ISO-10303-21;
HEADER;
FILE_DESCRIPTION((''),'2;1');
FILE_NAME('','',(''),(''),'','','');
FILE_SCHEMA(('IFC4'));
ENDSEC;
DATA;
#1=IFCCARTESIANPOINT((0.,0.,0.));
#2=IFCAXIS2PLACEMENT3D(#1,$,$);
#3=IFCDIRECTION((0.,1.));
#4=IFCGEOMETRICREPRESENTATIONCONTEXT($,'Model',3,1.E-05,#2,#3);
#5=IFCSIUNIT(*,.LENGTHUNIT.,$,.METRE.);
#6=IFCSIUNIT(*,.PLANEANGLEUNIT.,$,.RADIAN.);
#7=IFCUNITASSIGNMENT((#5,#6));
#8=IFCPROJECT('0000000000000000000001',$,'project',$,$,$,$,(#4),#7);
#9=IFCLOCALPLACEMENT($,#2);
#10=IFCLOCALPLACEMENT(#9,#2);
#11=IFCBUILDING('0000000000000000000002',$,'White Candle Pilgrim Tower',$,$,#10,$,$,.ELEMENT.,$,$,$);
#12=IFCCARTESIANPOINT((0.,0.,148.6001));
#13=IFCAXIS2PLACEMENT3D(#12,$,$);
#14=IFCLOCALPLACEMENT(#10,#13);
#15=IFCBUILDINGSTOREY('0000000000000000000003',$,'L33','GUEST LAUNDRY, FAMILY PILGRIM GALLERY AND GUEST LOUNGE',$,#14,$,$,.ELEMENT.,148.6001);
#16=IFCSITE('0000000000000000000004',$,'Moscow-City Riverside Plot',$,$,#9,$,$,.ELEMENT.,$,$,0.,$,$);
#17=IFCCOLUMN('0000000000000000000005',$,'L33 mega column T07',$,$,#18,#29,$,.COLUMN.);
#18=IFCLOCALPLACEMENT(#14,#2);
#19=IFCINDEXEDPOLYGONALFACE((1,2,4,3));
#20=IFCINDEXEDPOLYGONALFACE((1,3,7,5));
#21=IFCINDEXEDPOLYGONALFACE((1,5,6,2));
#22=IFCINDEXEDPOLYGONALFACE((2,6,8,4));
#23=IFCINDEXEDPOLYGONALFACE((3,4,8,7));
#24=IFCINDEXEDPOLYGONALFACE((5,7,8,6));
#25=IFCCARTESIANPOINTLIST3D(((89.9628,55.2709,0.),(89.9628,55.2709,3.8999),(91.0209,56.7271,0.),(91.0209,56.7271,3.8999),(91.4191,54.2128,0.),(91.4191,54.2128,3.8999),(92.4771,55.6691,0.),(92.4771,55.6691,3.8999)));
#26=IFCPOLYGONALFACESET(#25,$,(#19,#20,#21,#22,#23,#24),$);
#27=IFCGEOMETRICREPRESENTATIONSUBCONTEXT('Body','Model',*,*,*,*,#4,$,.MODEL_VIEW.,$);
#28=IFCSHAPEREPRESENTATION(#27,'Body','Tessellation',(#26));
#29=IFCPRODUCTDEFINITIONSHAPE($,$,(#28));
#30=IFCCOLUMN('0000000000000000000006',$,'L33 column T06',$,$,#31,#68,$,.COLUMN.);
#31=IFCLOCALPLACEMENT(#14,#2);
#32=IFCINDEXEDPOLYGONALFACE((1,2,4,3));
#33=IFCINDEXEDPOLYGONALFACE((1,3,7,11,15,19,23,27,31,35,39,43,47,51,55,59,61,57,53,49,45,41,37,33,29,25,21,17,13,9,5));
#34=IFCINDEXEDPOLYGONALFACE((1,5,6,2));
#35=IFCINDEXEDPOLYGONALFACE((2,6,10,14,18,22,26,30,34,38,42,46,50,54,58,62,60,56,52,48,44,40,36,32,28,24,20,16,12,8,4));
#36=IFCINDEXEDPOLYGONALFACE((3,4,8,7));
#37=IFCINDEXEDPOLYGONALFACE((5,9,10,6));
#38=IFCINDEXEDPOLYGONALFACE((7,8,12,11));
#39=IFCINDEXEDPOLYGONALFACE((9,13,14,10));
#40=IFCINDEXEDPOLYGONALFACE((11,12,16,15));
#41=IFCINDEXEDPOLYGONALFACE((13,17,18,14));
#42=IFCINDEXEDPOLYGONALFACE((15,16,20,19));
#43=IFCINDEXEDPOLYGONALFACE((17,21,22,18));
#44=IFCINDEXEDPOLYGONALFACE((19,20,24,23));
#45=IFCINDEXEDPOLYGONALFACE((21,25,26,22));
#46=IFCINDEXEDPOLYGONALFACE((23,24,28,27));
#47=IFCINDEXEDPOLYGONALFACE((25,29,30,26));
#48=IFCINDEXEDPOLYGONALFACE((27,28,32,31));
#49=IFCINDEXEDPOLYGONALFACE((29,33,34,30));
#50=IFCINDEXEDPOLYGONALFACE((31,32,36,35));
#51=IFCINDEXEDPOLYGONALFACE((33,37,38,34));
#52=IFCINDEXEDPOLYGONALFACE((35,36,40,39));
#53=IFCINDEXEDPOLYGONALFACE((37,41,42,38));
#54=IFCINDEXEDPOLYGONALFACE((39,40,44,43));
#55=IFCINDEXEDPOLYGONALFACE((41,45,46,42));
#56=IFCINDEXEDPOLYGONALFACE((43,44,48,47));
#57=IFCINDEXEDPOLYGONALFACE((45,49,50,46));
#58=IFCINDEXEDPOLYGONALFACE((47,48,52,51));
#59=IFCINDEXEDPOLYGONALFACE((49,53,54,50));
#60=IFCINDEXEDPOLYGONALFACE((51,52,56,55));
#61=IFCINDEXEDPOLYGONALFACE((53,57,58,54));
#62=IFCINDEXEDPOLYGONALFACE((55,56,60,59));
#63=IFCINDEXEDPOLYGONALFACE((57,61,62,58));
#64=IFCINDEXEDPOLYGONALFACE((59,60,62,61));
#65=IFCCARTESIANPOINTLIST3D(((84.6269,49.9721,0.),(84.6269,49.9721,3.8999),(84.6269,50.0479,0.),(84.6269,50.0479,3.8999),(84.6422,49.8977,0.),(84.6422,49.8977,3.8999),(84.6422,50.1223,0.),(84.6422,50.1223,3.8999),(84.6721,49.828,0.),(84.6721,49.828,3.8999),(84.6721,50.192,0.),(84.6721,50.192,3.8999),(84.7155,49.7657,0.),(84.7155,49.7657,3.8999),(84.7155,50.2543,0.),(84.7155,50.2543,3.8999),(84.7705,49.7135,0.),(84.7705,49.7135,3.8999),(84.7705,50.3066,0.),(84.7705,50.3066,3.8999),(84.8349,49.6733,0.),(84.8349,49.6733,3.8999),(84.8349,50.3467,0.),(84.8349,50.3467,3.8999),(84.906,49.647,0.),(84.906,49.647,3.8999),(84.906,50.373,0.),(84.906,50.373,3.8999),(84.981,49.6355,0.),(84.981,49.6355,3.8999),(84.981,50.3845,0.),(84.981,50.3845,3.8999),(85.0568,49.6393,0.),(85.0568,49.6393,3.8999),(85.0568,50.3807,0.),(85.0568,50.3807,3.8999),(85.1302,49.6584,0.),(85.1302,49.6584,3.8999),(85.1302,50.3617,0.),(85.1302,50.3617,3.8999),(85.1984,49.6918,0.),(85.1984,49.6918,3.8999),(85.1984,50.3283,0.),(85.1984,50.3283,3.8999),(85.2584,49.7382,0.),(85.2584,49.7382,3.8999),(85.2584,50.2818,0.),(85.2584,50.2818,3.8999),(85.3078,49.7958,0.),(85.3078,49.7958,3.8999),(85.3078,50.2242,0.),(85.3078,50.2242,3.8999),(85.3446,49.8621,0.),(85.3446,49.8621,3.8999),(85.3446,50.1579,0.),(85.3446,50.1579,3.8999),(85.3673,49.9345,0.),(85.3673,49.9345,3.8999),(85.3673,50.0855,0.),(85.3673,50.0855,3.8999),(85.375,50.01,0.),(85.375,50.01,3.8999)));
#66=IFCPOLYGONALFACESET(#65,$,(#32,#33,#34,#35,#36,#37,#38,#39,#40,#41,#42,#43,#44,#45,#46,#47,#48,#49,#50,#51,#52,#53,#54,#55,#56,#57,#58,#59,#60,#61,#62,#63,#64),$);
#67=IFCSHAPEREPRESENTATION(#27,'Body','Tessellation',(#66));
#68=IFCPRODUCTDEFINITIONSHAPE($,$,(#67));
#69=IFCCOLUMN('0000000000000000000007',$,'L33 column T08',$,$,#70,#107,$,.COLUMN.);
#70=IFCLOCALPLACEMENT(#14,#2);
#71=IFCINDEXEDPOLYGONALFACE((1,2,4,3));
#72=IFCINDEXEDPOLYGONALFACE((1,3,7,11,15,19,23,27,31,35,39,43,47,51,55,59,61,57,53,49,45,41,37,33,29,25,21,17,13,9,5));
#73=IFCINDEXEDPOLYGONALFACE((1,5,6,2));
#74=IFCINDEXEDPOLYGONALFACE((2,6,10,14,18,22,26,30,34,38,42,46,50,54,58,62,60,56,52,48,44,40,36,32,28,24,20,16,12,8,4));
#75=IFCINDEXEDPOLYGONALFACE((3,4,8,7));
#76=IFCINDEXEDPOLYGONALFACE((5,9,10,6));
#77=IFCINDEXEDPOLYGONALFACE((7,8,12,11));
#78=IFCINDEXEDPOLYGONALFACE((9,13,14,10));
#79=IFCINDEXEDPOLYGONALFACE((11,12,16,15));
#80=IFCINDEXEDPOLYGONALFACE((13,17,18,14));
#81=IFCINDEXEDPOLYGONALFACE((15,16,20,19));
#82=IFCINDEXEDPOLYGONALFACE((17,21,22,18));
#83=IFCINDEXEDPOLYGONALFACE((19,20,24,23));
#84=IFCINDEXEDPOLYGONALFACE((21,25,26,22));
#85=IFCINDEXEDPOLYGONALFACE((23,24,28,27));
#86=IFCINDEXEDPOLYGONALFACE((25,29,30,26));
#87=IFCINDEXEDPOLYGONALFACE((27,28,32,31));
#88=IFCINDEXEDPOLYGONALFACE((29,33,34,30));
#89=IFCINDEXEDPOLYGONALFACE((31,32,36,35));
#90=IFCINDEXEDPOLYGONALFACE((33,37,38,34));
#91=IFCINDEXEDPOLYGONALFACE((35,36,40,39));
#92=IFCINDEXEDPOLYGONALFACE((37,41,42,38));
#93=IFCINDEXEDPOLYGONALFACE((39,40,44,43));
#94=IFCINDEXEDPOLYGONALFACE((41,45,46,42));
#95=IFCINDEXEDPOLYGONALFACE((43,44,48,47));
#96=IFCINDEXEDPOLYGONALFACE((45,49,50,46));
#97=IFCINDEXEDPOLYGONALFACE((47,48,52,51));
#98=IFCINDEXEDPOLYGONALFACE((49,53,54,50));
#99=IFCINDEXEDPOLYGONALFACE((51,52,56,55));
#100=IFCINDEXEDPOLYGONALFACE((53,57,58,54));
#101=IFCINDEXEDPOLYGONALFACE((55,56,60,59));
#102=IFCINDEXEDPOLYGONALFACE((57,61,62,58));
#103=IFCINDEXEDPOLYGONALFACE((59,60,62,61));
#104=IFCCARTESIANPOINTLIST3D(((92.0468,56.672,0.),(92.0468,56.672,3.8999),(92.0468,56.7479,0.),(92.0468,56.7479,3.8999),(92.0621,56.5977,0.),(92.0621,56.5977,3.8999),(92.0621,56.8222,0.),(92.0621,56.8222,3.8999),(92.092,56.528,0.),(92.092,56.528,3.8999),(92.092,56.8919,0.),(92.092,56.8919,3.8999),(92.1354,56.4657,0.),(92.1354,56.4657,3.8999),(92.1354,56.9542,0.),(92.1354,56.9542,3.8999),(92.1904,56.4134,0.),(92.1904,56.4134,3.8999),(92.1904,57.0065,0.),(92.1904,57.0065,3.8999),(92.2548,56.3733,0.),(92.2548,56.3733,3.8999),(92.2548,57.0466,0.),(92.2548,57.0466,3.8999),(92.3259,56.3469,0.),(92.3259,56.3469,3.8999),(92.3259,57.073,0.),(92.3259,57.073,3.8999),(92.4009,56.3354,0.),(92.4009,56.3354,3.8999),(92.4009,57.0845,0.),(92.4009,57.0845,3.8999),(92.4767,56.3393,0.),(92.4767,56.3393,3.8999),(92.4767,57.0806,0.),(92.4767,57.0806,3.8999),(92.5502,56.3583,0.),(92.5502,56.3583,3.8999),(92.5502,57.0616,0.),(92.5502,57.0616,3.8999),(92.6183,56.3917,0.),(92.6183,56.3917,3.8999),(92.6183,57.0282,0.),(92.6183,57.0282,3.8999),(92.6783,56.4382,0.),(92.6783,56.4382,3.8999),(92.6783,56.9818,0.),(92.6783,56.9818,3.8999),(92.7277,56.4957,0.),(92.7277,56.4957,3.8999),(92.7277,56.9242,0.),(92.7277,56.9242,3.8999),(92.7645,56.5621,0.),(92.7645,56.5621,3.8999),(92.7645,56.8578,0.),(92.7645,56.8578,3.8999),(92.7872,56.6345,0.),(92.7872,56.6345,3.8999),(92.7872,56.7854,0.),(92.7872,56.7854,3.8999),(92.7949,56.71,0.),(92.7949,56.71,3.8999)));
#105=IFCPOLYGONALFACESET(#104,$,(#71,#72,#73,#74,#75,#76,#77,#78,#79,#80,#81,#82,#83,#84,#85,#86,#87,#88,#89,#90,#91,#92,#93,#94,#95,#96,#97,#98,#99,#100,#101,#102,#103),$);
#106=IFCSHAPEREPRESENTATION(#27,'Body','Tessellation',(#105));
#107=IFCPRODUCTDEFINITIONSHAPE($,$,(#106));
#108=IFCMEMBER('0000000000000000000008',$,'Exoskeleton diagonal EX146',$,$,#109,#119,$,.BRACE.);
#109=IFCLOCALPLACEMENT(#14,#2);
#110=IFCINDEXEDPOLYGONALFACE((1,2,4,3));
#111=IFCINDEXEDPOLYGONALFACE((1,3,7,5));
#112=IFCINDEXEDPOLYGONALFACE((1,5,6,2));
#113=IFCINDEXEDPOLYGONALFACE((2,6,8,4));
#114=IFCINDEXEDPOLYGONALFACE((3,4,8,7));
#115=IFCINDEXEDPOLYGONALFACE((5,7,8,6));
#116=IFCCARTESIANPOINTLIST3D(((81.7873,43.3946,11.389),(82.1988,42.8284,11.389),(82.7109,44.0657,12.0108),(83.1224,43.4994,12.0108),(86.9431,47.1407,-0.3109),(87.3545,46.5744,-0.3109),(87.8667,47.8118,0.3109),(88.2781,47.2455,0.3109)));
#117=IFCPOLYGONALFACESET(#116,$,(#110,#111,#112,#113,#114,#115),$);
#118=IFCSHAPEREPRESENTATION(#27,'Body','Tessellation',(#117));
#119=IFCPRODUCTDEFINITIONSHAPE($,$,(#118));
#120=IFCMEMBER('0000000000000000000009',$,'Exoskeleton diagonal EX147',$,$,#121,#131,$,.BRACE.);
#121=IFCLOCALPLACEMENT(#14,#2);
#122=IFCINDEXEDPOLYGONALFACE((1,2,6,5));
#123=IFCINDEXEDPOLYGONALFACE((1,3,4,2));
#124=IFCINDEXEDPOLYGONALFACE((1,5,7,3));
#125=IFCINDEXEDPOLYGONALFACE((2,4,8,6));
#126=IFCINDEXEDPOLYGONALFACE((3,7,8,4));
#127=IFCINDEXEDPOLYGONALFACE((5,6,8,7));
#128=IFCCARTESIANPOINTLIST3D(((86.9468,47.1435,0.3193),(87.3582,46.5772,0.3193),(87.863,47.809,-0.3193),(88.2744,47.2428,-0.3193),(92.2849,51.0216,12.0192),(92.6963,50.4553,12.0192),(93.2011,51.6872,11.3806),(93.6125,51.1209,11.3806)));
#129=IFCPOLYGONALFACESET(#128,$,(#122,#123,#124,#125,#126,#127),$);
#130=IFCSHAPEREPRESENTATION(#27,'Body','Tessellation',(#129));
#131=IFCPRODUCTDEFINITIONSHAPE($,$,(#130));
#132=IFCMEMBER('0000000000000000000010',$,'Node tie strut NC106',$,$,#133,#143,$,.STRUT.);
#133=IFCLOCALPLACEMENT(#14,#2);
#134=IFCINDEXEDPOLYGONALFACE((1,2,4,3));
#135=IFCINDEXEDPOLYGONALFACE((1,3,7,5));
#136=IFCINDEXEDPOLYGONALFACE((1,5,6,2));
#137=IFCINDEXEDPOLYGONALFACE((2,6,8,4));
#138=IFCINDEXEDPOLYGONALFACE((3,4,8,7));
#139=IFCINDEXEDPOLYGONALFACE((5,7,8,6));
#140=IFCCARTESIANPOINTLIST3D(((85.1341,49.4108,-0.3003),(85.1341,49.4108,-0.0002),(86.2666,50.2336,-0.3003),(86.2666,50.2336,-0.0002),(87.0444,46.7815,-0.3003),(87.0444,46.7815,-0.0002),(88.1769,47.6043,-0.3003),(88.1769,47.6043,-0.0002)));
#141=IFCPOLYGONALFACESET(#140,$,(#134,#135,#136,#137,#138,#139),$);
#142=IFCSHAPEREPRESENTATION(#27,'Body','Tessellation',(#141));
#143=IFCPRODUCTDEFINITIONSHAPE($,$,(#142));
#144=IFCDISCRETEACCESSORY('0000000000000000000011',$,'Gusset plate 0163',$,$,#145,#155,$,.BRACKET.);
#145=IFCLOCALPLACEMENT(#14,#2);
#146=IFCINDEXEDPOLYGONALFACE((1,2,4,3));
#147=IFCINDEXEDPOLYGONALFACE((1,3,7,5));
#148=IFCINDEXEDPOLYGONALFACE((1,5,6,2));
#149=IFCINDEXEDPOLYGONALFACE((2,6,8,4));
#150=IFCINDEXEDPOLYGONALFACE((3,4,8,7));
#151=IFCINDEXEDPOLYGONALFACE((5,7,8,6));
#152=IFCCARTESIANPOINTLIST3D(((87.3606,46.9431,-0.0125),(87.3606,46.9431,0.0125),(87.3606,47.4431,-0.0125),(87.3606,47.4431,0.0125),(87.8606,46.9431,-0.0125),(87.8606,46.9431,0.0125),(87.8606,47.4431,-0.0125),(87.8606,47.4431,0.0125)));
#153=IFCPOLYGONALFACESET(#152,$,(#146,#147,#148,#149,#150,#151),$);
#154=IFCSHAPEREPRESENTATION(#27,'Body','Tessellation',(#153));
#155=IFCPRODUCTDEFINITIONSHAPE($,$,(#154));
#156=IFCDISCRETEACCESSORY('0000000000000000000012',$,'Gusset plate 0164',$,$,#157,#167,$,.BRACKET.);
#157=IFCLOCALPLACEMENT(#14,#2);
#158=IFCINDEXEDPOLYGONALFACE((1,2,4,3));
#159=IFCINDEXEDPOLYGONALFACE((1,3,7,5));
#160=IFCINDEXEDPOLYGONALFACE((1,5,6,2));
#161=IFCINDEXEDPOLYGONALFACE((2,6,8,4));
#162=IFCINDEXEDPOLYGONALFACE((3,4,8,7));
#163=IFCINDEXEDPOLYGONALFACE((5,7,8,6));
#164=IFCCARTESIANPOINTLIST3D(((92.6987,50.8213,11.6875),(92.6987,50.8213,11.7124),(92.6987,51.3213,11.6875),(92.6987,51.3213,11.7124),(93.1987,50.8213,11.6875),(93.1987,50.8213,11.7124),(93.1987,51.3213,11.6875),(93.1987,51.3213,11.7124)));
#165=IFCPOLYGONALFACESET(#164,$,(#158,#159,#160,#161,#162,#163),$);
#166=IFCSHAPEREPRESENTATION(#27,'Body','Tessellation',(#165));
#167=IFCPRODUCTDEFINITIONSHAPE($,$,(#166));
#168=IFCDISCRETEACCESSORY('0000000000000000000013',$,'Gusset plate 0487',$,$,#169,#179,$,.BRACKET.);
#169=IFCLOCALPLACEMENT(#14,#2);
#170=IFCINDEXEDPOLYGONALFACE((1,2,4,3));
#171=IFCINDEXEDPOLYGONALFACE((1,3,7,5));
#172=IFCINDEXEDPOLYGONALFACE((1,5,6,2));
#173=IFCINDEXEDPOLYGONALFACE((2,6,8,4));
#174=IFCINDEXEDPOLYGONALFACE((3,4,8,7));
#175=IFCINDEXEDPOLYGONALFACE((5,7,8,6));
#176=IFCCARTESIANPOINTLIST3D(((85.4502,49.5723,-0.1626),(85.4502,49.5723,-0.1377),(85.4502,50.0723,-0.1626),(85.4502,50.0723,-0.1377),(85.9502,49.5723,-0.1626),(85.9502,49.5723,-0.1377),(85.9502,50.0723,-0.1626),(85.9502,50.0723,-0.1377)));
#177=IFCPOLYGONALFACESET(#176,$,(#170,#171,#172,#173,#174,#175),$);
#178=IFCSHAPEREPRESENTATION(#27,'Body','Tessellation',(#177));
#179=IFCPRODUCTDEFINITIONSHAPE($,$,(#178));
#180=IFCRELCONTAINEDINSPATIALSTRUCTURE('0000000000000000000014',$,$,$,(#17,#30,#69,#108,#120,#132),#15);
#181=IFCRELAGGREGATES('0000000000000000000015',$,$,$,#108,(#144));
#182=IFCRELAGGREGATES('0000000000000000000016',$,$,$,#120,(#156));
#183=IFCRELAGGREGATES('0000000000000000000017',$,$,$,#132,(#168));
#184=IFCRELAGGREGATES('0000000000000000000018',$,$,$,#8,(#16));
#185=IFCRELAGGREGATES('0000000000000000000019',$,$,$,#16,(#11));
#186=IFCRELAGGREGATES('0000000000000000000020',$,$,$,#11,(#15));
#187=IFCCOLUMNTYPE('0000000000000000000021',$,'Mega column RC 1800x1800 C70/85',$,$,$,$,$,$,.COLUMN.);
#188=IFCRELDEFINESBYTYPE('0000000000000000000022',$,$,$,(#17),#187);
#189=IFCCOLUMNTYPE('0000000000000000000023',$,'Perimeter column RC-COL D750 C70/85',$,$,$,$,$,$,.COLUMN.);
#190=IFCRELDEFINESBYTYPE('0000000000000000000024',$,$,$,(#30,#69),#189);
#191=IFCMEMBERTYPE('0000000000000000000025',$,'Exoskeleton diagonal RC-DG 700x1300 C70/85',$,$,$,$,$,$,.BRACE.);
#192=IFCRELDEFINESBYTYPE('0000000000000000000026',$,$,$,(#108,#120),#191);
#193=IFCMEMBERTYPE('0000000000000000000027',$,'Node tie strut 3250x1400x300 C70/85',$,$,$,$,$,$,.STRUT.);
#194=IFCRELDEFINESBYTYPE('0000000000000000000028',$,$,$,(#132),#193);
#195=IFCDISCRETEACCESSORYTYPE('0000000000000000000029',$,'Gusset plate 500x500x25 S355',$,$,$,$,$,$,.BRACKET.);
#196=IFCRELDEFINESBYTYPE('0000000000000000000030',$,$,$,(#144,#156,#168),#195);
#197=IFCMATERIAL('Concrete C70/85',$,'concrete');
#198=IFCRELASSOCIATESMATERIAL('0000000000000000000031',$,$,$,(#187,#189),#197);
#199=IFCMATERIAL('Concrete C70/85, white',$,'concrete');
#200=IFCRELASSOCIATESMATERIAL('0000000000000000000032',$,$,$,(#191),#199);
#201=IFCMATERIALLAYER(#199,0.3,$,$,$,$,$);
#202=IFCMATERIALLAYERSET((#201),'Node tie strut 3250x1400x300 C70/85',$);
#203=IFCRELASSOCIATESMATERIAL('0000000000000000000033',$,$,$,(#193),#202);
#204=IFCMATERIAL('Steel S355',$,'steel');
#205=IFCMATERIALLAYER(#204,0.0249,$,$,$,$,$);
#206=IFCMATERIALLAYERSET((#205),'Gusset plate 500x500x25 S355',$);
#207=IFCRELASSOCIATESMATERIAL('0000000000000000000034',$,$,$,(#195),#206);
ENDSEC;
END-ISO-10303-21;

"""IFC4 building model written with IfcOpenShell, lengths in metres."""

from ifc_helpers import new_model, si_unit, direction, frame, origin, origin_2d, place, context, subcontext, project, spatial, rectangle, circle, extrude, material, layer, layer_set, material_profile, profile_set, type_object, element, aggregate, save


model = new_model("IFC4")

# Units and contexts
model_context = context("Model", 3, precision=1e-05, world=origin(), true_north=direction((0.0, 1.0)))
body_context = subcontext(model_context, "Body", "Model", "MODEL_VIEW")
ifc_project = project(units=[si_unit("LENGTHUNIT", "METRE"), si_unit("PLANEANGLEUNIT", "RADIAN")], contexts=[model_context])

# Site, building, storey
site_placement = place(None, origin())
site = spatial("IfcSite", under=ifc_project, at=site_placement, Name="Moscow-City Riverside Plot", CompositionType="ELEMENT", RefElevation=0.0)
building_placement = place(site_placement, origin())
building = spatial("IfcBuilding", under=site, at=building_placement, Name="White Candle Pilgrim Tower", CompositionType="ELEMENT")
storey_placement = place(building_placement, frame((0.0, 0.0, 148.6001)))
storey = spatial("IfcBuildingStorey", under=building, at=storey_placement, Name="L33", Description="GUEST LAUNDRY, FAMILY PILGRIM GALLERY AND GUEST LOUNGE", CompositionType="ELEMENT", Elevation=148.6001)

# Columns
ifc_material_1 = material(Name="Concrete C70/85", Category="concrete")
ifc_material_profile_1 = material_profile(ifc_material_1, rectangle(XDim=1.8, YDim=1.8, at=origin_2d()), Name="RC 1800x1800")
ifc_profile_set_1 = profile_set([ifc_material_profile_1], Name="Concrete C70/85")
column_type_1 = type_object("IfcColumnType", Name="Mega column RC 1800x1800 C70/85", PredefinedType="COLUMN", material=ifc_profile_set_1)
column_placement = place(storey_placement, frame((91.22, 55.47, 0.0), z_axis=(0.0, 0.0, 1.0), x_axis=(0.809017, -0.587785, 0.0)))
element("IfcColumn", 1, at=column_placement, inside=storey, type_object=column_type_1, Name="L33 mega column T07", PredefinedType="COLUMN", context=body_context, shape_type="SweptSolid", body=[
    extrude(rectangle(XDim=1.8, YDim=1.8, at=origin_2d()), origin(), (0.0, 0.0, 1.0), 3.8999),
])
ifc_material_profile_2 = material_profile(ifc_material_1, circle(Radius=0.375, at=origin_2d()), Name="RC-COL D750")
ifc_profile_set_2 = profile_set([ifc_material_profile_2], Name="Concrete C70/85")
column_type_2 = type_object("IfcColumnType", Name="Perimeter column RC-COL D750 C70/85", PredefinedType="COLUMN", material=ifc_profile_set_2)
for number, where, z_axis, x_axis, name in (
    (2, (85.0, 50.01, 0.0), (0.0, 0.0, 1.0), (1.0, 0.0, 0.0), "L33 column T06"),
    (3, (92.4199, 56.71, 0.0), (0.0, 0.0, 1.0), (1.0, 0.0, 0.0), "L33 column T08"),
):
    element("IfcColumn", number, at=place(storey_placement, frame(where, z_axis=z_axis, x_axis=x_axis)), inside=storey, type_object=column_type_2, Name=name, PredefinedType="COLUMN", context=body_context, shape_type="SweptSolid", body=[
        extrude(circle(Radius=0.375, at=origin_2d()), origin(), (0.0, 0.0, 1.0), 3.8999),
    ])

# Members
ifc_material_2 = material(Name="Concrete C70/85, white", Category="concrete")
ifc_material_profile_3 = material_profile(ifc_material_2, rectangle(XDim=0.7, YDim=1.3, at=origin_2d()), Name="RC-DG 700x1300")
ifc_profile_set_3 = profile_set([ifc_material_profile_3], Name="Concrete C70/85, white")
member_type_1 = type_object("IfcMemberType", Name="Exoskeleton diagonal RC-DG 700x1300 C70/85", PredefinedType="BRACE", material=ifc_profile_set_3)
member_1_placement = place(storey_placement, frame((87.6106, 47.1931, 0.0), z_axis=(-0.38698, -0.281174, 0.878173), x_axis=(0.587807, -0.809001, 0.0)))
member_1 = element("IfcMember", 4, at=member_1_placement, inside=storey, type_object=member_type_1, Name="Exoskeleton diagonal EX146", PredefinedType="BRACE", context=body_context, shape_type="SweptSolid", body=[
    extrude(rectangle(XDim=0.7, YDim=1.3, at=origin_2d()), origin(), (0.0, 0.0, 1.0), 13.323),
])
member_2_placement = place(storey_placement, frame((87.6106, 47.1931, 0.0), z_axis=(0.397412, 0.288722, 0.871036), x_axis=(-0.587765, 0.809032, 0.0)))
member_2 = element("IfcMember", 5, at=member_2_placement, inside=storey, type_object=member_type_1, Name="Exoskeleton diagonal EX147", PredefinedType="BRACE", context=body_context, shape_type="SweptSolid", body=[
    extrude(rectangle(XDim=0.7, YDim=1.3, at=origin_2d()), origin(), (0.0, 0.0, 1.0), 13.4321),
])
ifc_layer_1 = layer(ifc_material_2, 0.3)
ifc_layer_set_1 = layer_set([ifc_layer_1], Name="Node tie strut 3250x1400x300 C70/85")
member_type_2 = type_object("IfcMemberType", Name="Node tie strut 3250x1400x300 C70/85", PredefinedType="STRUT", material=ifc_layer_set_1)
member_3_placement = place(storey_placement, frame((86.6555, 48.5076, -0.3003), z_axis=(0.0, 0.0, 1.0), x_axis=(0.809017, 0.587785, 0.0)))
member_3 = element("IfcMember", 6, at=member_3_placement, inside=storey, type_object=member_type_2, Name="Node tie strut NC106", PredefinedType="STRUT", context=body_context, shape_type="SweptSolid", body=[
    extrude(rectangle(XDim=1.3999, YDim=3.25, at=origin_2d()), origin(), (0.0, 0.0, 1.0), 0.3),
])

# Discrete accessories
ifc_material_3 = material(Name="Steel S355", Category="steel")
ifc_layer_2 = layer(ifc_material_3, 0.0249)
ifc_layer_set_2 = layer_set([ifc_layer_2], Name="Gusset plate 500x500x25 S355")
discrete_accessory_type = type_object("IfcDiscreteAccessoryType", Name="Gusset plate 500x500x25 S355", PredefinedType="BRACKET", material=ifc_layer_set_2)
discrete_accessory_1_placement = place(storey_placement, frame((87.6106, 47.1931, -0.0125), z_axis=(0.0, 0.0, 1.0), x_axis=(1.0, 0.0, 0.0)))
discrete_accessory_1 = element("IfcDiscreteAccessory", 7, at=discrete_accessory_1_placement, type_object=discrete_accessory_type, Name="Gusset plate 0163", PredefinedType="BRACKET", context=body_context, shape_type="SweptSolid", body=[
    extrude(rectangle(XDim=0.5, YDim=0.5, at=origin_2d()), origin(), (0.0, 0.0, 1.0), 0.0249),
])
aggregate(member_1, [discrete_accessory_1])
placement = place(building_placement, frame((0.0, 0.0, 160.3)))
discrete_accessory_2_placement = place(placement, frame((92.9487, 51.0713, -0.0125), z_axis=(0.0, 0.0, 1.0), x_axis=(1.0, 0.0, 0.0)))
discrete_accessory_2 = element("IfcDiscreteAccessory", 8, at=discrete_accessory_2_placement, type_object=discrete_accessory_type, Name="Gusset plate 0164", PredefinedType="BRACKET", context=body_context, shape_type="SweptSolid", body=[
    extrude(rectangle(XDim=0.5, YDim=0.5, at=origin_2d()), origin(), (0.0, 0.0, 1.0), 0.0249),
])
aggregate(member_2, [discrete_accessory_2])
discrete_accessory_3_placement = place(storey_placement, frame((85.7002, 49.8223, -0.1626), z_axis=(0.0, 0.0, 1.0), x_axis=(1.0, 0.0, 0.0)))
discrete_accessory_3 = element("IfcDiscreteAccessory", 9, at=discrete_accessory_3_placement, type_object=discrete_accessory_type, Name="Gusset plate 0487", PredefinedType="BRACKET", context=body_context, shape_type="SweptSolid", body=[
    extrude(rectangle(XDim=0.5, YDim=0.5, at=origin_2d()), origin(), (0.0, 0.0, 1.0), 0.0249),
])
aggregate(member_3, [discrete_accessory_3])

save(model, "model.ifc")
